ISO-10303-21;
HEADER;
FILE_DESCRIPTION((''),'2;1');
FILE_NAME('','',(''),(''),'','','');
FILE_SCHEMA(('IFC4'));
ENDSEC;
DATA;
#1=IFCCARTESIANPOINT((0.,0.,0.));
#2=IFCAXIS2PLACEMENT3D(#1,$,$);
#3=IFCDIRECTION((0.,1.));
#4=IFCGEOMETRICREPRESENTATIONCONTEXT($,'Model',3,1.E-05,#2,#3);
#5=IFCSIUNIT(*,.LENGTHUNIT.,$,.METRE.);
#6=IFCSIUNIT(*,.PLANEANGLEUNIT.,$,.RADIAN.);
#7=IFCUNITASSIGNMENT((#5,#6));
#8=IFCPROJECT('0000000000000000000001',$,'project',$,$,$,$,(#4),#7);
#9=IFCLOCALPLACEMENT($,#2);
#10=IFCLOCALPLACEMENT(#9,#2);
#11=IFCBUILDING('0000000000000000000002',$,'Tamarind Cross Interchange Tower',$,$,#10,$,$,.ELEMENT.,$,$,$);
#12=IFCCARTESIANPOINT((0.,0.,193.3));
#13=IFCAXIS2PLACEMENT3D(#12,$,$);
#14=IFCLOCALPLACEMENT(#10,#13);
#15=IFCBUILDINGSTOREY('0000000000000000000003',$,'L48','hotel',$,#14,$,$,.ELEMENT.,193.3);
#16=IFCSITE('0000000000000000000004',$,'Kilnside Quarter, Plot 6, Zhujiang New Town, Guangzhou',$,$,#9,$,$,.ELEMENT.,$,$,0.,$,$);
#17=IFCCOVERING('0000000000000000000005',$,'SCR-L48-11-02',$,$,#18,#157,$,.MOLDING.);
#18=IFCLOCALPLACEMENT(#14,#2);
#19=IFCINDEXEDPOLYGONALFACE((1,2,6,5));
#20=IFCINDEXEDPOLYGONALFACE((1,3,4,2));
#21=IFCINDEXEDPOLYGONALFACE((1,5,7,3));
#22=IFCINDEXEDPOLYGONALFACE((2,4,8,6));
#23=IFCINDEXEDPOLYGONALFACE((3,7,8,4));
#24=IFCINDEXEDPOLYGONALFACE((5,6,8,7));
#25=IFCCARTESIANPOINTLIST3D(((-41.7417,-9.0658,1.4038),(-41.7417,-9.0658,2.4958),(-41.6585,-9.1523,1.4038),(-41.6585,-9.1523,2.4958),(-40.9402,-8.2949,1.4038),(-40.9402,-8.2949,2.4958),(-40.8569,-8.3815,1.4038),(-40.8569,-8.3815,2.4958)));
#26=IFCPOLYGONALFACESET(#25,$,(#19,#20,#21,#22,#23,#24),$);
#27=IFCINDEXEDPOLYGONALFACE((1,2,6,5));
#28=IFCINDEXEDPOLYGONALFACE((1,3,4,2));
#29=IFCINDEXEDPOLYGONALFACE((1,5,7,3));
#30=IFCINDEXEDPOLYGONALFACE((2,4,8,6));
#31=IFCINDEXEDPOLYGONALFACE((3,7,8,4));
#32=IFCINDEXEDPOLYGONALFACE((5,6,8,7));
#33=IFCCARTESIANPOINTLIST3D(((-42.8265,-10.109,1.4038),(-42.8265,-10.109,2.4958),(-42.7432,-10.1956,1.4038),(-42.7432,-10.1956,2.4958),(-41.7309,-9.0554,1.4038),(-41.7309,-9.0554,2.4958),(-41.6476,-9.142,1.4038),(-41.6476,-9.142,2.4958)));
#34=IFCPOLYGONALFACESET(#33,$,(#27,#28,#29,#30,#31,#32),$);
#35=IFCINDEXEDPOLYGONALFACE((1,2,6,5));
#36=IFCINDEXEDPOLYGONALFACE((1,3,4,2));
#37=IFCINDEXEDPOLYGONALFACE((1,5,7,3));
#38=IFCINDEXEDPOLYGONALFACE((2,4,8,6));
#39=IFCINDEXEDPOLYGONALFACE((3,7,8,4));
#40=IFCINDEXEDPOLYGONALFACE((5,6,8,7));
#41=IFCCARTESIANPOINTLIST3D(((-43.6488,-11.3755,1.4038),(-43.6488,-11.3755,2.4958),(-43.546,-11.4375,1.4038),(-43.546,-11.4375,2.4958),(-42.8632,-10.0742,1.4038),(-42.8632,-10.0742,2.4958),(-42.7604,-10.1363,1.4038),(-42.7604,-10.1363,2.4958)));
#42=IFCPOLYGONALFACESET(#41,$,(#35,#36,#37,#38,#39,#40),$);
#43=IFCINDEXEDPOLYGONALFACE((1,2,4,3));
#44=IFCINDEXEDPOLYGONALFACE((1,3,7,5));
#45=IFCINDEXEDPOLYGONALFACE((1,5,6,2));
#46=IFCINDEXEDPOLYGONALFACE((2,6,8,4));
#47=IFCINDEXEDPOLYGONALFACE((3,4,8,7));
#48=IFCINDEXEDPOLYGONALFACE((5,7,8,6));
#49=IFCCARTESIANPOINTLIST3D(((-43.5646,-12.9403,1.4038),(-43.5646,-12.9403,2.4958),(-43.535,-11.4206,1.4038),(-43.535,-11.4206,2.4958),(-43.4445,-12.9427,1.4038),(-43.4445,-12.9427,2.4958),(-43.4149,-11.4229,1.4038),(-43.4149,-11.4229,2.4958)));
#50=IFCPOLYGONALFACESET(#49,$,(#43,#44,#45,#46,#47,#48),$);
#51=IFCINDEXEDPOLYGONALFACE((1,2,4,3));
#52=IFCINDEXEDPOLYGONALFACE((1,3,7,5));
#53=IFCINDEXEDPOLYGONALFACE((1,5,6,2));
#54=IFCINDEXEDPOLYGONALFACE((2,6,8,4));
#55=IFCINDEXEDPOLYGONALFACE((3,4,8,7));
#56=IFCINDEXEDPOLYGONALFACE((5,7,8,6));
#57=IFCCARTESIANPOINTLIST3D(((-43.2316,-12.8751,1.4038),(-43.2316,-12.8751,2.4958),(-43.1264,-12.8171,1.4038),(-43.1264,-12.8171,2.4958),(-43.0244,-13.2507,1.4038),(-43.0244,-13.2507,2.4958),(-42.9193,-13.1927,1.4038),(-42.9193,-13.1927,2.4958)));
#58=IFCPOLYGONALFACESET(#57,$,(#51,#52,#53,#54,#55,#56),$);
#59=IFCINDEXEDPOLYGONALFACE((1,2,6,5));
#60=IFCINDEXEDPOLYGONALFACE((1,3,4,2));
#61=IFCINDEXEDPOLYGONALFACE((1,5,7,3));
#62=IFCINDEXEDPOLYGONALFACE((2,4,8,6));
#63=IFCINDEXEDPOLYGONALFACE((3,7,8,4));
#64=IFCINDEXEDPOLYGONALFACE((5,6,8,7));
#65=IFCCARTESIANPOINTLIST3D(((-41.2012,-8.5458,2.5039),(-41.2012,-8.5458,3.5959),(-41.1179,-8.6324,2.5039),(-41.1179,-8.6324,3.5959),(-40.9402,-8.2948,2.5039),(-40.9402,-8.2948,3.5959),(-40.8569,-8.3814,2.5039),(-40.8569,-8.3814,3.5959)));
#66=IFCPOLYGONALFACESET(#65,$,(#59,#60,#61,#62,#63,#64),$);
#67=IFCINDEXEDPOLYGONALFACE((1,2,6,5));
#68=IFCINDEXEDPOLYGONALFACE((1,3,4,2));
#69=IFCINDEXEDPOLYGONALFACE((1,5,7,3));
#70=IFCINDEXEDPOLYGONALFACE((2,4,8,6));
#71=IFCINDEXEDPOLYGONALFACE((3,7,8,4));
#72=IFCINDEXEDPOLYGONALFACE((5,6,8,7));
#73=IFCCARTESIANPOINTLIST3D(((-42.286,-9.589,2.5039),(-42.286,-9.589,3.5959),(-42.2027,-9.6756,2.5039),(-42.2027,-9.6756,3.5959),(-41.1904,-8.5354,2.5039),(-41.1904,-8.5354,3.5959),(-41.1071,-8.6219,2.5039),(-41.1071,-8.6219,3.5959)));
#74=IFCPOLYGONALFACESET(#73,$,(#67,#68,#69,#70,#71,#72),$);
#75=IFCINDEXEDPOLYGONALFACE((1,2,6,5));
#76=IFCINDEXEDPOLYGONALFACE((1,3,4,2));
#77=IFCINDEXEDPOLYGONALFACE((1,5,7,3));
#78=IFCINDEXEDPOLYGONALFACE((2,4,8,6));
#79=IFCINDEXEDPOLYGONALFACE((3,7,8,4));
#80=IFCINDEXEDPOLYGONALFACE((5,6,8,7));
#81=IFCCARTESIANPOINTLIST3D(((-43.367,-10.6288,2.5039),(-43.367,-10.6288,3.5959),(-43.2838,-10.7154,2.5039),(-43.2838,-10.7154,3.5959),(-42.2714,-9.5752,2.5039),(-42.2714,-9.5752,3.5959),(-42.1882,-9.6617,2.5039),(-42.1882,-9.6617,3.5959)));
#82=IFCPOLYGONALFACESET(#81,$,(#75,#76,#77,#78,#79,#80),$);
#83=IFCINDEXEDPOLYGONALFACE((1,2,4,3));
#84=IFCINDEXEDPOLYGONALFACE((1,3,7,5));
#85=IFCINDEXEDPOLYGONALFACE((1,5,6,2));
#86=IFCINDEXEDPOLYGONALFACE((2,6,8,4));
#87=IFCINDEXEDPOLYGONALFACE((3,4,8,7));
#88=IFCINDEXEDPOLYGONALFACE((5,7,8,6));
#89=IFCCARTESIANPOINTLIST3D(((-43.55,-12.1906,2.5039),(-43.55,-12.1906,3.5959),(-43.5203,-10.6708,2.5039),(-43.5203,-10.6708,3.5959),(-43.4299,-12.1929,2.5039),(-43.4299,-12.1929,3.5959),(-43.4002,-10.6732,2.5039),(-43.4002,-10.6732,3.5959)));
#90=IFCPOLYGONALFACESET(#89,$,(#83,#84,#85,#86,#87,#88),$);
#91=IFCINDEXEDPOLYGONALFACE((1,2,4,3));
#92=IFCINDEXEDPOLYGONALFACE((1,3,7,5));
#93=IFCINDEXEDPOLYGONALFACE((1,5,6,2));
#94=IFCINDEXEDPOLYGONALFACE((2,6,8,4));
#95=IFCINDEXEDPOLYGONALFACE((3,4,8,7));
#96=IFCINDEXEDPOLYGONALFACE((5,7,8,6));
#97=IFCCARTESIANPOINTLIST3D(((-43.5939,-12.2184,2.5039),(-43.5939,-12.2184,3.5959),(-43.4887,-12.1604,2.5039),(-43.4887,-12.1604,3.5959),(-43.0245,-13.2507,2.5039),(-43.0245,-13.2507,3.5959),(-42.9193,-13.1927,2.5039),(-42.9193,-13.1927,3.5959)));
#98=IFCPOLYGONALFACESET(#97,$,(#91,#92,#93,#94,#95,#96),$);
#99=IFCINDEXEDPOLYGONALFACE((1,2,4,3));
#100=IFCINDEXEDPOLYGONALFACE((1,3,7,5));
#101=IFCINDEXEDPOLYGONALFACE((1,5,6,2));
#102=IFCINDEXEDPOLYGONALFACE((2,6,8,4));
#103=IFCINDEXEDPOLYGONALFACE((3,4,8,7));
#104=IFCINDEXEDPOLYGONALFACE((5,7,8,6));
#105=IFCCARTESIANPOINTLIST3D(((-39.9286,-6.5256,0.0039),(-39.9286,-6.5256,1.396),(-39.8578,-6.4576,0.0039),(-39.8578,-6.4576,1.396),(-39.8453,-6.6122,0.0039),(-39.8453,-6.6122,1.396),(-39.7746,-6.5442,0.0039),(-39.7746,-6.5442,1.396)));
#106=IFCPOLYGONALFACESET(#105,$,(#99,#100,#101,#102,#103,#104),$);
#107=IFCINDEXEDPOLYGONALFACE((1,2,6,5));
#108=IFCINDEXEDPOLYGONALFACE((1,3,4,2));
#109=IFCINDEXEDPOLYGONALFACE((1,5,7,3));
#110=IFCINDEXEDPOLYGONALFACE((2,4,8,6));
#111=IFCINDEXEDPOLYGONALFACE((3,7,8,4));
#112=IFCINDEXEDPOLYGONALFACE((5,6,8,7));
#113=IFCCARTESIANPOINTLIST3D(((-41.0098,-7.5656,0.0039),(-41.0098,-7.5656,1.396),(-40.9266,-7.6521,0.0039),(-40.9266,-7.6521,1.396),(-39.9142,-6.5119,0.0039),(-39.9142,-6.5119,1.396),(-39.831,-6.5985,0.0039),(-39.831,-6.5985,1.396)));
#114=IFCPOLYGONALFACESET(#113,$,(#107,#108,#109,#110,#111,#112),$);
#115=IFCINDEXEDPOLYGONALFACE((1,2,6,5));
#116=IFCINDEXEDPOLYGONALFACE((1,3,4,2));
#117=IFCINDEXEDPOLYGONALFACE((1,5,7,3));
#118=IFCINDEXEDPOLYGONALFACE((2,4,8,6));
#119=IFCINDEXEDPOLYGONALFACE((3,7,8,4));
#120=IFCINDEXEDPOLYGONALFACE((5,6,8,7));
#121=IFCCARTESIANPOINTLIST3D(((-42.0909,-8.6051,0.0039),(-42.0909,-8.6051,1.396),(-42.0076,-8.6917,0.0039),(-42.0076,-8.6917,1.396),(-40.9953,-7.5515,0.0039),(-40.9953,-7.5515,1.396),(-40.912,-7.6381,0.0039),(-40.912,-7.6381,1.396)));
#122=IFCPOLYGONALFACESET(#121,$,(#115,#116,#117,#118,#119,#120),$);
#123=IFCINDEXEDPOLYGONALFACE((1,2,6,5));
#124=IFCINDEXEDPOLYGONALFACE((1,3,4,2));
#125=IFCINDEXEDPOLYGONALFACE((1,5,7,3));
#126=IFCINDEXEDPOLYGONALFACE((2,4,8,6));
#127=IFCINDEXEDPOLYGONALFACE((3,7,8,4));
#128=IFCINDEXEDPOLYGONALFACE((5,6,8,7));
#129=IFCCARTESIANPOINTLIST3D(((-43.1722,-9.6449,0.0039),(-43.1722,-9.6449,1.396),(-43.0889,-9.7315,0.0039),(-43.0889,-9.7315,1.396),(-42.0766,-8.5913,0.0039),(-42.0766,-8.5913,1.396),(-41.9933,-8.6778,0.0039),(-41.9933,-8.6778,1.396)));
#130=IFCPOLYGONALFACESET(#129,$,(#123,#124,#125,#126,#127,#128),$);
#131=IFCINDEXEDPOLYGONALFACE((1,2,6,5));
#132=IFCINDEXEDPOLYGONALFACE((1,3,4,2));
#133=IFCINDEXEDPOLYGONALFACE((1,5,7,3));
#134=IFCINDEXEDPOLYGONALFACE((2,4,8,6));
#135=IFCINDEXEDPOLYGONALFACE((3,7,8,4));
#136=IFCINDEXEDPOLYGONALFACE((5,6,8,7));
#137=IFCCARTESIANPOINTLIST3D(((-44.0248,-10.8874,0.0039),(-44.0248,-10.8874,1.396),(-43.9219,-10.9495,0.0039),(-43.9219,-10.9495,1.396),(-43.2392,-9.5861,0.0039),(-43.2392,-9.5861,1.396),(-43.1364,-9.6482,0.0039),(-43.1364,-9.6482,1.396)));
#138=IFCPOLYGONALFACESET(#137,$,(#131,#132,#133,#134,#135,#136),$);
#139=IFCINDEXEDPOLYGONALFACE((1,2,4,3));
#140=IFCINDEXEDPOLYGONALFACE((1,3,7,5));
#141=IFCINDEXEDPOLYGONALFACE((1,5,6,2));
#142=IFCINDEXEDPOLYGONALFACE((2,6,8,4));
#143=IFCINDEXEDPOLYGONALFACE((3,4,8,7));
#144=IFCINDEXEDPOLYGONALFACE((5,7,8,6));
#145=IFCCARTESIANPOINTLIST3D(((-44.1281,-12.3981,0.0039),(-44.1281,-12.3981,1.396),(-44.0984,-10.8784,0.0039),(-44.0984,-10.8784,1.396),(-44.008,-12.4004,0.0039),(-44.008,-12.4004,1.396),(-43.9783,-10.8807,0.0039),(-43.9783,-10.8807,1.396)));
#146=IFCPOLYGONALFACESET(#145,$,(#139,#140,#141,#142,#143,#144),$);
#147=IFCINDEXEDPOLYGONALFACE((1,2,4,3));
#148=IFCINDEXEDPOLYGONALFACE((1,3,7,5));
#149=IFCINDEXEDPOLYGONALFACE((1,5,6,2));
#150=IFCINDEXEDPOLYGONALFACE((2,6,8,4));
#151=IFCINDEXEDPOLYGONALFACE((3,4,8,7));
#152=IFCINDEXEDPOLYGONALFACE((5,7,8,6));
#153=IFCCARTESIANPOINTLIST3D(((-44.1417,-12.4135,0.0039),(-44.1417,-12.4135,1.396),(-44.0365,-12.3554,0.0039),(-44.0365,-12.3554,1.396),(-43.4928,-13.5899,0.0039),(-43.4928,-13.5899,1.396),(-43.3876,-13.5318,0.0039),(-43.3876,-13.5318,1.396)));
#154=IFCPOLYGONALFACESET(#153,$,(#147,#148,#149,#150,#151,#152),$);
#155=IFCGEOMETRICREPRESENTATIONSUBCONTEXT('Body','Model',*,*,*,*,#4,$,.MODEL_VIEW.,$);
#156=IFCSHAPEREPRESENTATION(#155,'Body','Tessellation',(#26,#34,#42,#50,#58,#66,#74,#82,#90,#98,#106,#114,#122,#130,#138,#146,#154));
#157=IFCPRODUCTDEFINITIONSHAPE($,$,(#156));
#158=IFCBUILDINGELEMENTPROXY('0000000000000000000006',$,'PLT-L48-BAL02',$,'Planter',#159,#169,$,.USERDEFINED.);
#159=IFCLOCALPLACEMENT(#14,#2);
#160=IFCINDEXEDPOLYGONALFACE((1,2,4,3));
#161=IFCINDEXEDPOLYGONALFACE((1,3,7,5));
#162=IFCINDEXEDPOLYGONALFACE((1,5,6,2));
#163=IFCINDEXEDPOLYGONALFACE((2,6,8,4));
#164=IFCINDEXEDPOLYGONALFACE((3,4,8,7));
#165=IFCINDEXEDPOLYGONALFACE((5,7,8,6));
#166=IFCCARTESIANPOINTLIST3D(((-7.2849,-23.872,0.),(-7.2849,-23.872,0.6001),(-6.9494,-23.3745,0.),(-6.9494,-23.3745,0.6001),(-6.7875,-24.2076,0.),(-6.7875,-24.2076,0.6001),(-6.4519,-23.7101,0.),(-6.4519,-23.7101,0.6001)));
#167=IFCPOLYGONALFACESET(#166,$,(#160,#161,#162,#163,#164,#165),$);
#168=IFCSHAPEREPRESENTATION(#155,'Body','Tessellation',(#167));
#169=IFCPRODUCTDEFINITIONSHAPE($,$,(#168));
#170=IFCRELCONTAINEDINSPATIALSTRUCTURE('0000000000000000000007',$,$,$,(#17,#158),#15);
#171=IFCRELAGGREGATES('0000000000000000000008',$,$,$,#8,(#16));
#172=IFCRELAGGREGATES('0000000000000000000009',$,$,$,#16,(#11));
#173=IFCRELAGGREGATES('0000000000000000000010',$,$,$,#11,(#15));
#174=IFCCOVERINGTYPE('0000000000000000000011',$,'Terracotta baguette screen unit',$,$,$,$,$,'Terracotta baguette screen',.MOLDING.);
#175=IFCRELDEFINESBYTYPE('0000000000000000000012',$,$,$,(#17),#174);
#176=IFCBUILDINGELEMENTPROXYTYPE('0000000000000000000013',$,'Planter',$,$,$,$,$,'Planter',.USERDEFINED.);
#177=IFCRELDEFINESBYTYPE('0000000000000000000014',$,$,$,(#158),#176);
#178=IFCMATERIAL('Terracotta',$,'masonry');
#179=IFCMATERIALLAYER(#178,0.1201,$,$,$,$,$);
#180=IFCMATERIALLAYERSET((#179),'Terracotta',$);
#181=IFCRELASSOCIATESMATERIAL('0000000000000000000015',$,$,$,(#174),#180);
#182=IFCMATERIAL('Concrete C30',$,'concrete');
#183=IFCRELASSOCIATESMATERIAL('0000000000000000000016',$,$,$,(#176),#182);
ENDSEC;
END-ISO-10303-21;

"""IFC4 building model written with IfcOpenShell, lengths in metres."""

from ifc_helpers import new_model, si_unit, direction, frame, origin, origin_2d, place, context, subcontext, project, spatial, rectangle, extrude, material, layer, layer_set, type_object, element, save


model = new_model("IFC4")

# Units and contexts
model_context = context("Model", 3, precision=1e-05, world=origin(), true_north=direction((0.0, 1.0)))
body_context = subcontext(model_context, "Body", "Model", "MODEL_VIEW")
ifc_project = project(units=[si_unit("LENGTHUNIT", "METRE"), si_unit("PLANEANGLEUNIT", "RADIAN")], contexts=[model_context])

# Site, building, storey
site_placement = place(None, origin())
site = spatial("IfcSite", under=ifc_project, at=site_placement, Name="Kilnside Quarter, Plot 6, Zhujiang New Town, Guangzhou", CompositionType="ELEMENT", RefElevation=0.0)
building_placement = place(site_placement, origin())
building = spatial("IfcBuilding", under=site, at=building_placement, Name="Tamarind Cross Interchange Tower", CompositionType="ELEMENT")
storey_placement = place(building_placement, frame((0.0, 0.0, 193.3)))
storey = spatial("IfcBuildingStorey", under=building, at=storey_placement, Name="L48", Description="hotel", CompositionType="ELEMENT", Elevation=193.3)

# Covering
ifc_material_1 = material(Name="Terracotta", Category="masonry")
ifc_layer_1 = layer(ifc_material_1, 0.1201)
ifc_layer_set_1 = layer_set([ifc_layer_1], Name="Terracotta")
covering_type = type_object("IfcCoveringType", Name="Terracotta baguette screen unit", ElementType="Terracotta baguette screen", PredefinedType="MOLDING", material=ifc_layer_set_1)
covering_1_placement = place(storey_placement, origin())
element("IfcCovering", 1, at=covering_1_placement, inside=storey, type_object=covering_type, Name="SCR-L48-11-02", PredefinedType="MOLDING", context=body_context, shape_type="SweptSolid", body=[
    extrude(rectangle(XDim=1.1121, YDim=0.1201, at=origin_2d()), frame((-41.2993, -8.7236, 1.4038), z_axis=(0.0, 0.0, 1.0), x_axis=(-0.720774, -0.69317, 0.0)), (0.0, 0.0, 1.0), 1.092),
    extrude(rectangle(XDim=1.52, YDim=0.1201, at=origin_2d()), frame((-42.2371, -9.6255, 1.4038), z_axis=(0.0, 0.0, 1.0), x_axis=(-0.720774, -0.69317, 0.0)), (0.0, 0.0, 1.0), 1.092),
    extrude(rectangle(XDim=1.52, YDim=0.1201, at=origin_2d()), frame((-43.2046, -10.7559, 1.4038), z_axis=(0.0, 0.0, 1.0), x_axis=(-0.516808, -0.856101, 0.0)), (0.0, 0.0, 1.0), 1.092),
    extrude(rectangle(XDim=1.52, YDim=0.1201, at=origin_2d()), frame((-43.4897, -12.1816, 1.4038), z_axis=(0.0, 0.0, 1.0), x_axis=(-0.019519, -0.999809, 0.0)), (0.0, 0.0, 1.0), 1.092),
    extrude(rectangle(XDim=0.429, YDim=0.1201, at=origin_2d()), frame((-43.0754, -13.0339, 1.4038), z_axis=(0.0, 0.0, 1.0), x_axis=(0.483001, -0.87562, 0.0)), (0.0, 0.0, 1.0), 1.092),
    extrude(rectangle(XDim=0.3621, YDim=0.1201, at=origin_2d()), frame((-41.0291, -8.4636, 2.5039), z_axis=(0.0, 0.0, 1.0), x_axis=(-0.720774, -0.69317, 0.0)), (0.0, 0.0, 1.0), 1.092),
    extrude(rectangle(XDim=1.52, YDim=0.1201, at=origin_2d()), frame((-41.6965, -9.1055, 2.5039), z_axis=(0.0, 0.0, 1.0), x_axis=(-0.720774, -0.69317, 0.0)), (0.0, 0.0, 1.0), 1.092),
    extrude(rectangle(XDim=1.52, YDim=0.1201, at=origin_2d()), frame((-42.7776, -10.1453, 2.5039), z_axis=(0.0, 0.0, 1.0), x_axis=(-0.720774, -0.69317, 0.0)), (0.0, 0.0, 1.0), 1.092),
    extrude(rectangle(XDim=1.52, YDim=0.1201, at=origin_2d()), frame((-43.4751, -11.4319, 2.5039), z_axis=(0.0, 0.0, 1.0), x_axis=(-0.019519, -0.999809, 0.0)), (0.0, 0.0, 1.0), 1.092),
    extrude(rectangle(XDim=1.179, YDim=0.1201, at=origin_2d()), frame((-43.2566, -12.7056, 2.5039), z_axis=(0.0, 0.0, 1.0), x_axis=(0.483001, -0.87562, 0.0)), (0.0, 0.0, 1.0), 1.092),
    extrude(rectangle(XDim=0.0981, YDim=0.1201, at=origin_2d()), frame((-39.8516, -6.5349, 0.0039), z_axis=(0.0, 0.0, 1.0), x_axis=(-0.720774, -0.69317, 0.0)), (0.0, 0.0, 1.0), 1.3921),
    extrude(rectangle(XDim=1.52, YDim=0.1201, at=origin_2d()), frame((-40.4204, -7.082, 0.0039), z_axis=(0.0, 0.0, 1.0), x_axis=(-0.720774, -0.69317, 0.0)), (0.0, 0.0, 1.0), 1.3921),
    extrude(rectangle(XDim=1.52, YDim=0.1201, at=origin_2d()), frame((-41.5015, -8.1216, 0.0039), z_axis=(0.0, 0.0, 1.0), x_axis=(-0.720774, -0.69317, 0.0)), (0.0, 0.0, 1.0), 1.3921),
    extrude(rectangle(XDim=1.52, YDim=0.1201, at=origin_2d()), frame((-42.5828, -9.1614, 0.0039), z_axis=(0.0, 0.0, 1.0), x_axis=(-0.720774, -0.69317, 0.0)), (0.0, 0.0, 1.0), 1.3921),
    extrude(rectangle(XDim=1.52, YDim=0.1201, at=origin_2d()), frame((-43.5806, -10.2678, 0.0039), z_axis=(0.0, 0.0, 1.0), x_axis=(-0.516808, -0.856101, 0.0)), (0.0, 0.0, 1.0), 1.3921),
    extrude(rectangle(XDim=1.52, YDim=0.1201, at=origin_2d()), frame((-44.0532, -11.6394, 0.0039), z_axis=(0.0, 0.0, 1.0), x_axis=(-0.019519, -0.999809, 0.0)), (0.0, 0.0, 1.0), 1.3921),
    extrude(rectangle(XDim=1.3435, YDim=0.1201, at=origin_2d()), frame((-43.7646, -12.9727, 0.0039), z_axis=(0.0, 0.0, 1.0), x_axis=(0.483001, -0.87562, 0.0)), (0.0, 0.0, 1.0), 1.3921),
])

# Building element proxy
ifc_material_2 = material(Name="Concrete C30", Category="concrete")
building_element_proxy_type = type_object("IfcBuildingElementProxyType", Name="Planter", ElementType="Planter", PredefinedType="USERDEFINED", material=ifc_material_2)
proxy_placement = place(storey_placement, origin())
element("IfcBuildingElementProxy", 2, at=proxy_placement, inside=storey, type_object=building_element_proxy_type, Name="PLT-L48-BAL02", ObjectType="Planter", PredefinedType="USERDEFINED", context=body_context, shape_type="SweptSolid", body=[
    extrude(rectangle(XDim=0.6001, YDim=0.6001, at=origin_2d()), frame((-6.8684, -23.791, 0.0), z_axis=(0.0, 0.0, 1.0), x_axis=(0.829016, -0.559225, 0.0)), (0.0, 0.0, 1.0), 0.6001),
])

save(model, "model.ifc")
